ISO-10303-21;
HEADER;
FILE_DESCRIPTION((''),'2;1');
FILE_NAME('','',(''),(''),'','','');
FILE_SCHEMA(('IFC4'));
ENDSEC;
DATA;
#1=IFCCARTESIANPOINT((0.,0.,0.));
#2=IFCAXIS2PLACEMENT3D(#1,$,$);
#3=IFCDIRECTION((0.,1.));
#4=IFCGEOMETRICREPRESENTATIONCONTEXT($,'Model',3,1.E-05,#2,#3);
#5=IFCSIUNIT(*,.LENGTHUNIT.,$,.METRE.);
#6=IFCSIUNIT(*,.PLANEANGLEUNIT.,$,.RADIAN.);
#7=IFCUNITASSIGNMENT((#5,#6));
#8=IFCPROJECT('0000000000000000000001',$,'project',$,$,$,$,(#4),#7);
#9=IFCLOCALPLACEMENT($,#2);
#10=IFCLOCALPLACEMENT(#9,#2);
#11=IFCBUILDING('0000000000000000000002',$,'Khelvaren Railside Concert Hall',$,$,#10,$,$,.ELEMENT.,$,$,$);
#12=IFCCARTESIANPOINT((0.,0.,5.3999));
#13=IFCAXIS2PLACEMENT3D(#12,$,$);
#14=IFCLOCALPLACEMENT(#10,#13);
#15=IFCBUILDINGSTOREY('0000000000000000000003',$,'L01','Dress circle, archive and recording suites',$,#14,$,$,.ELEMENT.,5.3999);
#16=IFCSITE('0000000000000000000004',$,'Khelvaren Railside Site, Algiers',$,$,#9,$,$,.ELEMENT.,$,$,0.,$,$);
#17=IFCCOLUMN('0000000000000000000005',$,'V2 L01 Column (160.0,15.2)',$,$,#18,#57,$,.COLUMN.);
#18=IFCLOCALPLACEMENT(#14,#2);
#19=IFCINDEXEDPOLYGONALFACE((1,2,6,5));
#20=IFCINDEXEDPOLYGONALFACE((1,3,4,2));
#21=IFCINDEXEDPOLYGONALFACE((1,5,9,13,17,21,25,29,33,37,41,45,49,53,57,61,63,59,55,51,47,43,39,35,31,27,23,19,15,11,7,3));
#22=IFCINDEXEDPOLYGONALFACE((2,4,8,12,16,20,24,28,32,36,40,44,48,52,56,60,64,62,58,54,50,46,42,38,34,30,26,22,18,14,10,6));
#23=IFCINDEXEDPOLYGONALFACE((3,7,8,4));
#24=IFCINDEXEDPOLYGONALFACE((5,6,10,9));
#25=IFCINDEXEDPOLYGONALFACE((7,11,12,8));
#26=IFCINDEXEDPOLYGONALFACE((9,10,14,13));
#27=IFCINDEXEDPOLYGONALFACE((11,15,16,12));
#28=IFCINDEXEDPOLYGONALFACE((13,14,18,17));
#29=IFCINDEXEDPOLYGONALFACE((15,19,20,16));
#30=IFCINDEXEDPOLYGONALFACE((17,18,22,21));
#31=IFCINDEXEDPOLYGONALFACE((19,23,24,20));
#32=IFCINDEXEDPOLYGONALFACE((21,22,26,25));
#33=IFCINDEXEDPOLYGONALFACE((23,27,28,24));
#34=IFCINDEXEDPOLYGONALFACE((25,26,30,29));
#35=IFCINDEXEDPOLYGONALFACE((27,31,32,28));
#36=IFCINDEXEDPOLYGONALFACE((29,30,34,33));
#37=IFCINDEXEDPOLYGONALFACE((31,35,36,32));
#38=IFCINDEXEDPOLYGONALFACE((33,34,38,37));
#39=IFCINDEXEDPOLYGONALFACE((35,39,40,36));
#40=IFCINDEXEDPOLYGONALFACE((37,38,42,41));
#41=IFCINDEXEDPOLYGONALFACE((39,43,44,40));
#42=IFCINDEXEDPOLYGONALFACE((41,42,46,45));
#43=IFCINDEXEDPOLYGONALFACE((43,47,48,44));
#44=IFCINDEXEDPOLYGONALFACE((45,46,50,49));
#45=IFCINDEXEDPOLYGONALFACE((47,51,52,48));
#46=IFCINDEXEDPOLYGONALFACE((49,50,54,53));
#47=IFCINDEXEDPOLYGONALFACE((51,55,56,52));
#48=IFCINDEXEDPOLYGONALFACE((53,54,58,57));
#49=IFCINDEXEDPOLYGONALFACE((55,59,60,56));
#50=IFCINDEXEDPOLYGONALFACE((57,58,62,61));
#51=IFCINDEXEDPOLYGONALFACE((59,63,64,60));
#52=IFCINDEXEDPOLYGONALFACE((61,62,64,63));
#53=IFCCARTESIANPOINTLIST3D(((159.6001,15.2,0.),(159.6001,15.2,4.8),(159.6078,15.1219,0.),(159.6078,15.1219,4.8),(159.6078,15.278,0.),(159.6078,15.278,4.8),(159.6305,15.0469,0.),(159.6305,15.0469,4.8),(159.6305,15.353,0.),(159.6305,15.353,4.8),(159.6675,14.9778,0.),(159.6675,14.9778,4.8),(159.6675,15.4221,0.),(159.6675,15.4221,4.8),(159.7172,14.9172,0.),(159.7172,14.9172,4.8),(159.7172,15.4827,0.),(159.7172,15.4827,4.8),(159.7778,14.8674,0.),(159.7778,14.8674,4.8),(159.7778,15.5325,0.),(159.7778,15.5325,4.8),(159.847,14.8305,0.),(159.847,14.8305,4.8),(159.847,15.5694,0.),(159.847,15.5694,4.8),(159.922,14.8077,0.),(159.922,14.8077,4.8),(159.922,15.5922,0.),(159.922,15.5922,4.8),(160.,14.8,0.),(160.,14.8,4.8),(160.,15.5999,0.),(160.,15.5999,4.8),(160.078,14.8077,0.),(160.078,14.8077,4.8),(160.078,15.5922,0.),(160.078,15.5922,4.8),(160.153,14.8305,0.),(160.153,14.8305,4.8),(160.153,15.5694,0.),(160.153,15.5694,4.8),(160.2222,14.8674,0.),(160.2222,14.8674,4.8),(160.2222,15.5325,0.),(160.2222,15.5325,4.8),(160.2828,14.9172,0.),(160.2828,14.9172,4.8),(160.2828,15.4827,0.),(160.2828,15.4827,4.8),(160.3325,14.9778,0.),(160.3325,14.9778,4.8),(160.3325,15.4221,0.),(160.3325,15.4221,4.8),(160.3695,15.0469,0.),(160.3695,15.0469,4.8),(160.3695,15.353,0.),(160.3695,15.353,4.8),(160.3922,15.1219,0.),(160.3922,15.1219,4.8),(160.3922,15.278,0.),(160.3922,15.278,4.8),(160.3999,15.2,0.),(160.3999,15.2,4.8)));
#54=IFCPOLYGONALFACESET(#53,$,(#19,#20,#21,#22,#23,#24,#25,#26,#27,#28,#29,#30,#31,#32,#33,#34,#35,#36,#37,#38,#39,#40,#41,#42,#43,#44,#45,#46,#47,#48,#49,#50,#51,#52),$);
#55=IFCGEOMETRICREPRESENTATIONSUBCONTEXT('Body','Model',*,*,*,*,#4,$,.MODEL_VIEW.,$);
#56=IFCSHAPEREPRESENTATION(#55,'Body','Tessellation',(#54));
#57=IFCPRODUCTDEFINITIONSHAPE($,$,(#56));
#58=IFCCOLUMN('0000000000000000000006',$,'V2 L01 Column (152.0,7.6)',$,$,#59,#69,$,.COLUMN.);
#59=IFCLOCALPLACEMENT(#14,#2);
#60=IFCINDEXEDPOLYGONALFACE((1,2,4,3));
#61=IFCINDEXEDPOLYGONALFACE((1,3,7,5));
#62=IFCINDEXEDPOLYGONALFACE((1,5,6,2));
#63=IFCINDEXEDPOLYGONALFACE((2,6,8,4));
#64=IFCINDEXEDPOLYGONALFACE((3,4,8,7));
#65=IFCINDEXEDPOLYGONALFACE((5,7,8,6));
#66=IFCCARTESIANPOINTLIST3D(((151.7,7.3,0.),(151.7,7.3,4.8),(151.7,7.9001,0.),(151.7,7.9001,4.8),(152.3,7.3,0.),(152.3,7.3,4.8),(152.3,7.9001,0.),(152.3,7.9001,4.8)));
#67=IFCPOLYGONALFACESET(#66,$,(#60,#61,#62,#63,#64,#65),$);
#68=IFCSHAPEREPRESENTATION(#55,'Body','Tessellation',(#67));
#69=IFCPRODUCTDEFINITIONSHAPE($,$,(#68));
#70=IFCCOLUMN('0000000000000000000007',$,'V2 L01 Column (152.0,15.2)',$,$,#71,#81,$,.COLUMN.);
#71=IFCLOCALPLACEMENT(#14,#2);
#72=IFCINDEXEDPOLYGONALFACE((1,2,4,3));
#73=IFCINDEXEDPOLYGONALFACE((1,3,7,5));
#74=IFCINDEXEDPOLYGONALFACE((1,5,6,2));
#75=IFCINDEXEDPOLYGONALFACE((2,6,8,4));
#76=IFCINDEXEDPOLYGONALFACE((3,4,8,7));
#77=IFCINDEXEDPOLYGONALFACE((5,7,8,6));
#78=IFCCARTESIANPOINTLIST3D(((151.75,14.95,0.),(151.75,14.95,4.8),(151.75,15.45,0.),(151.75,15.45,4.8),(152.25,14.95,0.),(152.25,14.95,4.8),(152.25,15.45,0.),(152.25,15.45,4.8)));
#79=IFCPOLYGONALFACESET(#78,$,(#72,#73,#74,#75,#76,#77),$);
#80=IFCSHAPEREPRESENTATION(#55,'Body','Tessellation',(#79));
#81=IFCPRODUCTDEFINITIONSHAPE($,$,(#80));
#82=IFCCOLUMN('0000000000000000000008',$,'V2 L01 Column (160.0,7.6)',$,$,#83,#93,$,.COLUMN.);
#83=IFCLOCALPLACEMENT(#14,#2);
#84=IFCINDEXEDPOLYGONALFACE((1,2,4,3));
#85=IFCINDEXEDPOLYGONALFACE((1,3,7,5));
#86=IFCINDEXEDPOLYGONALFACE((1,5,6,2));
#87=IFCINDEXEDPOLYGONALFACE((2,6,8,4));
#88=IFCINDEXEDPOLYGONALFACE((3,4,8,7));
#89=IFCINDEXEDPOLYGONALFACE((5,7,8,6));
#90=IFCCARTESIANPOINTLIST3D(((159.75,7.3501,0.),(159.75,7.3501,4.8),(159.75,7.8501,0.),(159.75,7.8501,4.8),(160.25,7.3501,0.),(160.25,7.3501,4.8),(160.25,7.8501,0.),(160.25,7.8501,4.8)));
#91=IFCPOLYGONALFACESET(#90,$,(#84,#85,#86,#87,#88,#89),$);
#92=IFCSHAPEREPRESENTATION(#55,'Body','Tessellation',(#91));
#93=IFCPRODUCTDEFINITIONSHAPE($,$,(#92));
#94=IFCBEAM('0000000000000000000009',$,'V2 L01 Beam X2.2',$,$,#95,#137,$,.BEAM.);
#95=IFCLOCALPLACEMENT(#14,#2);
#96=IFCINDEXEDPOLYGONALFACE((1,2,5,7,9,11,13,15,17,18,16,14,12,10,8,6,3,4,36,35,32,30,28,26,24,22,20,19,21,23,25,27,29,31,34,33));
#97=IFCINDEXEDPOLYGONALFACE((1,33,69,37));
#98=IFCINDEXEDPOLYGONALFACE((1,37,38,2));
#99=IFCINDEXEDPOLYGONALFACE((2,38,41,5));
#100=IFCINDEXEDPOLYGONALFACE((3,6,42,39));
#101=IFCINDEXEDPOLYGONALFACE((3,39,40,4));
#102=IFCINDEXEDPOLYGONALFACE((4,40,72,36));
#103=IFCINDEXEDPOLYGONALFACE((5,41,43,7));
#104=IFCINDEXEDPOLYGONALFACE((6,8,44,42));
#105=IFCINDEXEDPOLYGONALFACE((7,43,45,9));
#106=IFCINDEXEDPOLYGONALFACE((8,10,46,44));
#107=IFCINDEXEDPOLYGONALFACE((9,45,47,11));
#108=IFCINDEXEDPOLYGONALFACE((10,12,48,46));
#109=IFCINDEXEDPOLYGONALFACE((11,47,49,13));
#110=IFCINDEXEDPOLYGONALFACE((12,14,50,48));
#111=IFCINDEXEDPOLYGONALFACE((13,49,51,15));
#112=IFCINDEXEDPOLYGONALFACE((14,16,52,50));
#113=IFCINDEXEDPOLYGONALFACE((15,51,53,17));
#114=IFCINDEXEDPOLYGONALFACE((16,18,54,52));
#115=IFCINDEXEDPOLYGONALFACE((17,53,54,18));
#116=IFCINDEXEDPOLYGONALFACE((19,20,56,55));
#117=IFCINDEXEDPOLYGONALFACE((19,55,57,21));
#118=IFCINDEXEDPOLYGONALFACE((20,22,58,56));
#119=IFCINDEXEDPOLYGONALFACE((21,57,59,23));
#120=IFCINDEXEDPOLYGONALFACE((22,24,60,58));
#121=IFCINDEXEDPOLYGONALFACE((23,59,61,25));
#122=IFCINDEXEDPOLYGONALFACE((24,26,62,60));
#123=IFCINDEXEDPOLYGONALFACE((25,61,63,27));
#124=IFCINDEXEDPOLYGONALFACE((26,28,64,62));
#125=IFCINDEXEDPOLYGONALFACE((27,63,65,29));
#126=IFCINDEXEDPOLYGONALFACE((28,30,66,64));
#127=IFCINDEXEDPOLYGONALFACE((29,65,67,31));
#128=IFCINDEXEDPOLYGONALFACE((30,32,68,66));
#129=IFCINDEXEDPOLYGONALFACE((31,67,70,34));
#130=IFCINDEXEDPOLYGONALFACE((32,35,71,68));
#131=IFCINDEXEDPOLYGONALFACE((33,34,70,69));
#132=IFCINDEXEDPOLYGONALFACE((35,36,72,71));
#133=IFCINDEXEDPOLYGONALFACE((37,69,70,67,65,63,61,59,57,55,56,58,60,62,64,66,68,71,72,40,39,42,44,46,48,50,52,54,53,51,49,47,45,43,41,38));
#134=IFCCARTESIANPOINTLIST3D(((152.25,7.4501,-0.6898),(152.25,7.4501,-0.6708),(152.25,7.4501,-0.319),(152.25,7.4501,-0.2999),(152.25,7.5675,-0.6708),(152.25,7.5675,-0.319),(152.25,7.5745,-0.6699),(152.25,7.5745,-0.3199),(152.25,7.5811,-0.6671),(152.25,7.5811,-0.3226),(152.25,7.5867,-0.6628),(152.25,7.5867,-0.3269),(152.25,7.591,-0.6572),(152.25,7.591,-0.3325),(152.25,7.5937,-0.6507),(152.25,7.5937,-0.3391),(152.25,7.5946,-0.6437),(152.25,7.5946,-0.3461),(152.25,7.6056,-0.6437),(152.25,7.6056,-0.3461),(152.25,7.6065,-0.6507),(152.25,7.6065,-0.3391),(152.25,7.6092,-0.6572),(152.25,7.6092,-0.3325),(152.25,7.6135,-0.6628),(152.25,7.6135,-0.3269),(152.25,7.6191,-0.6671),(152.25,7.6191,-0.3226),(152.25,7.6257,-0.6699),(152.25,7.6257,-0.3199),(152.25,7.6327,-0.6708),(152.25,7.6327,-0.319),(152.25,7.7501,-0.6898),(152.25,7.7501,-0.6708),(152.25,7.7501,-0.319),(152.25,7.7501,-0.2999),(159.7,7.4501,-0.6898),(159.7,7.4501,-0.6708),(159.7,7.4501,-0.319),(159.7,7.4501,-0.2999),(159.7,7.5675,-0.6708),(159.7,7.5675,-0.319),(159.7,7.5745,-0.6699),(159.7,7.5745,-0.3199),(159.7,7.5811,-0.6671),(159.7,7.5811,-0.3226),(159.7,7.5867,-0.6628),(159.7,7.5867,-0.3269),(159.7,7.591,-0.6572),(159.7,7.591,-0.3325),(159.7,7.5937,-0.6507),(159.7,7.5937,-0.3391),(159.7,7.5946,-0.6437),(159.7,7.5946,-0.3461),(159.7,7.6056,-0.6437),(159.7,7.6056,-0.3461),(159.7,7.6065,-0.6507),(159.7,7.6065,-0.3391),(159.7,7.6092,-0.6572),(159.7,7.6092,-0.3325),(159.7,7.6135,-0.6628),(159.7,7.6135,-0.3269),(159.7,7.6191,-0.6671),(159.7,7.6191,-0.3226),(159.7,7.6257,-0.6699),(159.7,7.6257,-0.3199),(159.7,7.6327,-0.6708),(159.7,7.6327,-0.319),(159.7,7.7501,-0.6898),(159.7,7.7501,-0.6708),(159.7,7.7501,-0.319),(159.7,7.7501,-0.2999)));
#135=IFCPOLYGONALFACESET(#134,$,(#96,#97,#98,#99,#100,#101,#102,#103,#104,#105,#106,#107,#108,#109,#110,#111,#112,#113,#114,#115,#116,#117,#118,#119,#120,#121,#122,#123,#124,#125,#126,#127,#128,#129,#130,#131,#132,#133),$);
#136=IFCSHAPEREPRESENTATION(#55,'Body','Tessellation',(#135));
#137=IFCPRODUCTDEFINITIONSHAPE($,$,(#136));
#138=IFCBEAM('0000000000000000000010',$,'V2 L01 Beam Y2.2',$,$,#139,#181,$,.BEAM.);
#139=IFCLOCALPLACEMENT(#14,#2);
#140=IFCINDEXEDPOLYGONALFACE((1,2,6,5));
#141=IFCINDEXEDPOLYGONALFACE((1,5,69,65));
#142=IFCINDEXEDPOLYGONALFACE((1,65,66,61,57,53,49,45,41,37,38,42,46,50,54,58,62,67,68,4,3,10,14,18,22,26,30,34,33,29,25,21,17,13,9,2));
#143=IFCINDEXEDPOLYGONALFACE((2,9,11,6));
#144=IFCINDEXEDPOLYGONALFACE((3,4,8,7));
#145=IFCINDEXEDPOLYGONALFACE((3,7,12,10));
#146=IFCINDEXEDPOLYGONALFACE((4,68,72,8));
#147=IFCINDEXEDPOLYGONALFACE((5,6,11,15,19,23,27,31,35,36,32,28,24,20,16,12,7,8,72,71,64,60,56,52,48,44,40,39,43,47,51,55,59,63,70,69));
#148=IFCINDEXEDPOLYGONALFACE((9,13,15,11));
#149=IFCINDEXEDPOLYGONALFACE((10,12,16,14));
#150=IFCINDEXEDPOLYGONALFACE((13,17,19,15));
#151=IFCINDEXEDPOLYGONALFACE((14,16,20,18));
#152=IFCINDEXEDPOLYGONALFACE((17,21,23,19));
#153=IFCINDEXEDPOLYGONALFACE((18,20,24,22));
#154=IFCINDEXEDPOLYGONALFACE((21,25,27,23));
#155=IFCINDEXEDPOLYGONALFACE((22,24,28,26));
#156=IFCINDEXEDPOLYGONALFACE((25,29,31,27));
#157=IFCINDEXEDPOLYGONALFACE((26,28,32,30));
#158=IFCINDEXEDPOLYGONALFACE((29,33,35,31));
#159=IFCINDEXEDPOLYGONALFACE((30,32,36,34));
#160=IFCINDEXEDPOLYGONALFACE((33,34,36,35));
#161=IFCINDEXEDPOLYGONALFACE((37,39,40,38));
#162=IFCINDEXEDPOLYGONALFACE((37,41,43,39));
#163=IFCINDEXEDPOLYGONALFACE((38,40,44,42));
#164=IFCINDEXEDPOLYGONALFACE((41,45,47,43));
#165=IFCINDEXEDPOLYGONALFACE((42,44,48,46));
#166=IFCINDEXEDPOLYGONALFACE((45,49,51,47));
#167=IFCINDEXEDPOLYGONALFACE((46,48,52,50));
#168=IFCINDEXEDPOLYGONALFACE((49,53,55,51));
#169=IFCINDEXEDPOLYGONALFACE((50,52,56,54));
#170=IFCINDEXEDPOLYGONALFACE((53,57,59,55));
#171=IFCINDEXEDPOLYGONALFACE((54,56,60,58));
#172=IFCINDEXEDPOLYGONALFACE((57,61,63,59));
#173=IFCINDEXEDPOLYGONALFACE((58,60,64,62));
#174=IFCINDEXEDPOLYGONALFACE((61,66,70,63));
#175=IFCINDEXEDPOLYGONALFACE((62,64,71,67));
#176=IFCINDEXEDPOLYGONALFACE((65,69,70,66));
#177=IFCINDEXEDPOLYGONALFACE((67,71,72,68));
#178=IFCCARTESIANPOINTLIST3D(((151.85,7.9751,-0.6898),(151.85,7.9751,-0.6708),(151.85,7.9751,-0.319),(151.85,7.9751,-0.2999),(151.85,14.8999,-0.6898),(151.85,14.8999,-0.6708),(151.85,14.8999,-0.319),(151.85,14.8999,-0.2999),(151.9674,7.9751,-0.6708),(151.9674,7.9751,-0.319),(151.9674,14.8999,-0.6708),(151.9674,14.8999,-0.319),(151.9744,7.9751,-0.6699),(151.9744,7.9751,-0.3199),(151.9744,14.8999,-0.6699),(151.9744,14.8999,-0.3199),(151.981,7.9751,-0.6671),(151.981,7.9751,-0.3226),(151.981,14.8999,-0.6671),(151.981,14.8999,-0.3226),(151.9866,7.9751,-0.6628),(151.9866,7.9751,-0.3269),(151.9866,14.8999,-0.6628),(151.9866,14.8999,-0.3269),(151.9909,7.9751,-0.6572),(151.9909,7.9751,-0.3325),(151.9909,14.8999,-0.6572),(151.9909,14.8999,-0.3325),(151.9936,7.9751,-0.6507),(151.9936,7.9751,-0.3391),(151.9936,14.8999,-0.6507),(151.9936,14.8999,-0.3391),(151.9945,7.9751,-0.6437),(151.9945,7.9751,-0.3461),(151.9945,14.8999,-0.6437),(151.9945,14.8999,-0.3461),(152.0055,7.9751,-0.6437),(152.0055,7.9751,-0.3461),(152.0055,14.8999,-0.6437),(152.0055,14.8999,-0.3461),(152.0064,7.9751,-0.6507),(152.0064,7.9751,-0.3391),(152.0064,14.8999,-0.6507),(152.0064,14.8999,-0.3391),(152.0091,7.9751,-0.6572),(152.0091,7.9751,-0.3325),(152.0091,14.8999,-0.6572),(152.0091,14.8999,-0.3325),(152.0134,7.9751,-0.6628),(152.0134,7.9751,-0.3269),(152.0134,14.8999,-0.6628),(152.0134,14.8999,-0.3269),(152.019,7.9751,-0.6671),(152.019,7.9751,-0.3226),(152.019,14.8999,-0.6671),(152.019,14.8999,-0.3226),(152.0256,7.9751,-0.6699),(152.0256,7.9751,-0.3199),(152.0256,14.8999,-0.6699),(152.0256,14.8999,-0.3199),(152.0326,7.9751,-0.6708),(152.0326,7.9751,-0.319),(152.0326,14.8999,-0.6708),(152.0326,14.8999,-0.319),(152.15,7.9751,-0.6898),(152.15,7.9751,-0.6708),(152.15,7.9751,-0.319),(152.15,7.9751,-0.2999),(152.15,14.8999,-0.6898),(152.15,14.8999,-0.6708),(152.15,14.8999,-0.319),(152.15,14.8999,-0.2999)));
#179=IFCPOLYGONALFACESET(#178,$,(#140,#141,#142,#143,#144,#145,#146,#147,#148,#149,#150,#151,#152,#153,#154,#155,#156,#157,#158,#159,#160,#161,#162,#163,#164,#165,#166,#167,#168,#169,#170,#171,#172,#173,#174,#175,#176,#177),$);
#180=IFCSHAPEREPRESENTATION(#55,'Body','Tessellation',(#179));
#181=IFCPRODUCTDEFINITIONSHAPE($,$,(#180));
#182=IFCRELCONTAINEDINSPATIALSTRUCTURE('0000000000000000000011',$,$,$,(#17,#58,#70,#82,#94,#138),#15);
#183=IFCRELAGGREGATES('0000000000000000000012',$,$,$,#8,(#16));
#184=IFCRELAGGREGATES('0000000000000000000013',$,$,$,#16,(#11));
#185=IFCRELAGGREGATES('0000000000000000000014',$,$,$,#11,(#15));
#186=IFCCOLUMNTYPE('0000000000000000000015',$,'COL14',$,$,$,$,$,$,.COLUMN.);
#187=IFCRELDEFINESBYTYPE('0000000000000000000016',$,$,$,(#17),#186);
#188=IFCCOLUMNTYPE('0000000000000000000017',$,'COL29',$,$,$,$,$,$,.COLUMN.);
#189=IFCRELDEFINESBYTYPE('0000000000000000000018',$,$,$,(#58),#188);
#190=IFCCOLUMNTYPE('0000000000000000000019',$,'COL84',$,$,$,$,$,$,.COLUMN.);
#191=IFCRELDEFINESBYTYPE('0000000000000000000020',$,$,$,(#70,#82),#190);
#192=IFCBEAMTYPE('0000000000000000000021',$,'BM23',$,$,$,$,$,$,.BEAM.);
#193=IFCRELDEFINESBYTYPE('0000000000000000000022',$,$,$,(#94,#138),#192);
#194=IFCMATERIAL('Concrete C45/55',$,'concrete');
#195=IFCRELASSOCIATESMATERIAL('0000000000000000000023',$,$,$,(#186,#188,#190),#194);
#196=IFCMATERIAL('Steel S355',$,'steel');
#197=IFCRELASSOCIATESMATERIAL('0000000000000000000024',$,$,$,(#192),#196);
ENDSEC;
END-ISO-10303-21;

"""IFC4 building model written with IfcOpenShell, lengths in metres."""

from ifc_helpers import new_model, si_unit, direction, frame, origin, origin_2d, place, context, subcontext, project, spatial, rectangle, circle, i_section, extrude, material, material_profile, profile_set, type_object, element, save


model = new_model("IFC4")

# Units and contexts
model_context = context("Model", 3, precision=1e-05, world=origin(), true_north=direction((0.0, 1.0)))
body_context = subcontext(model_context, "Body", "Model", "MODEL_VIEW")
ifc_project = project(units=[si_unit("LENGTHUNIT", "METRE"), si_unit("PLANEANGLEUNIT", "RADIAN")], contexts=[model_context])

# Site, building, storey
site_placement = place(None, origin())
site = spatial("IfcSite", under=ifc_project, at=site_placement, Name="Khelvaren Railside Site, Algiers", CompositionType="ELEMENT", RefElevation=0.0)
building_placement = place(site_placement, origin())
building = spatial("IfcBuilding", under=site, at=building_placement, Name="Khelvaren Railside Concert Hall", CompositionType="ELEMENT")
storey_placement = place(building_placement, frame((0.0, 0.0, 5.3999)))
storey = spatial("IfcBuildingStorey", under=building, at=storey_placement, Name="L01", Description="Dress circle, archive and recording suites", CompositionType="ELEMENT", Elevation=5.3999)

# Columns
ifc_material_1 = material(Name="Concrete C45/55", Category="concrete")
ifc_material_profile_1 = material_profile(ifc_material_1, circle(Radius=0.3999, at=origin_2d()), Name="RC D800")
ifc_profile_set_1 = profile_set([ifc_material_profile_1], Name="Concrete C45/55")
column_type_1 = type_object("IfcColumnType", Name="COL14", PredefinedType="COLUMN", material=ifc_profile_set_1)
column_1_placement = place(storey_placement, frame((160.0, 15.2, 0.0), z_axis=(0.0, 0.0, 1.0), x_axis=(1.0, 0.0, 0.0)))
element("IfcColumn", 1, at=column_1_placement, inside=storey, type_object=column_type_1, Name="V2 L01 Column (160.0,15.2)", PredefinedType="COLUMN", context=body_context, shape_type="SweptSolid", body=[
    extrude(circle(Radius=0.3999, at=origin_2d()), origin(), (0.0, 0.0, 1.0), 4.8),
])
ifc_material_profile_2 = material_profile(ifc_material_1, rectangle(XDim=0.6001, YDim=0.6001, at=origin_2d()), Name="RC 600x600")
ifc_profile_set_2 = profile_set([ifc_material_profile_2], Name="Concrete C45/55")
column_type_2 = type_object("IfcColumnType", Name="COL29", PredefinedType="COLUMN", material=ifc_profile_set_2)
column_2_placement = place(storey_placement, frame((152.0, 7.6001, 0.0), z_axis=(0.0, 0.0, 1.0), x_axis=(1.0, 0.0, 0.0)))
element("IfcColumn", 2, at=column_2_placement, inside=storey, type_object=column_type_2, Name="V2 L01 Column (152.0,7.6)", PredefinedType="COLUMN", context=body_context, shape_type="SweptSolid", body=[
    extrude(rectangle(XDim=0.6001, YDim=0.6001, at=origin_2d()), origin(), (0.0, 0.0, 1.0), 4.8),
])
ifc_material_profile_3 = material_profile(ifc_material_1, rectangle(XDim=0.5, YDim=0.5, at=origin_2d()), Name="RC 500x500")
ifc_profile_set_3 = profile_set([ifc_material_profile_3], Name="Concrete C45/55")
column_type_3 = type_object("IfcColumnType", Name="COL84", PredefinedType="COLUMN", material=ifc_profile_set_3)
for number, where, z_axis, x_axis, name in (
    (3, (152.0, 15.2, 0.0), (0.0, 0.0, 1.0), (1.0, 0.0, 0.0), "V2 L01 Column (152.0,15.2)"),
    (4, (160.0, 7.6001, 0.0), (0.0, 0.0, 1.0), (1.0, 0.0, 0.0), "V2 L01 Column (160.0,7.6)"),
):
    element("IfcColumn", number, at=place(storey_placement, frame(where, z_axis=z_axis, x_axis=x_axis)), inside=storey, type_object=column_type_3, Name=name, PredefinedType="COLUMN", context=body_context, shape_type="SweptSolid", body=[
        extrude(rectangle(XDim=0.5, YDim=0.5, at=origin_2d()), origin(), (0.0, 0.0, 1.0), 4.8),
    ])

# Beams
ifc_material_2 = material(Name="Steel S355", Category="steel")
ifc_material_profile_4 = material_profile(ifc_material_2, i_section(OverallWidth=0.3, OverallDepth=0.3899, WebThickness=0.011, FlangeThickness=0.019, FilletRadius=0.0271, at=origin_2d()), Name="HEA 400")
ifc_profile_set_4 = profile_set([ifc_material_profile_4], Name="Steel S355")
beam_type_1 = type_object("IfcBeamType", Name="BM23", PredefinedType="BEAM", material=ifc_profile_set_4)
beam_1_placement = place(storey_placement, frame((152.25, 7.6001, -0.4949), z_axis=(1.0, 0.0, 0.0), x_axis=(0.0, 1.0, 0.0)))
element("IfcBeam", 5, at=beam_1_placement, inside=storey, type_object=beam_type_1, Name="V2 L01 Beam X2.2", PredefinedType="BEAM", context=body_context, shape_type="SweptSolid", body=[
    extrude(i_section(OverallWidth=0.3, OverallDepth=0.3899, WebThickness=0.011, FlangeThickness=0.019, FilletRadius=0.0271, at=origin_2d()), origin(), (0.0, 0.0, 1.0), 7.45),
])
beam_2_placement = place(storey_placement, frame((152.0, 7.9751, -0.4949), z_axis=(0.0, 1.0, 0.0), x_axis=(-1.0, 0.0, 0.0)))
element("IfcBeam", 6, at=beam_2_placement, inside=storey, type_object=beam_type_1, Name="V2 L01 Beam Y2.2", PredefinedType="BEAM", context=body_context, shape_type="SweptSolid", body=[
    extrude(i_section(OverallWidth=0.3, OverallDepth=0.3899, WebThickness=0.011, FlangeThickness=0.019, FilletRadius=0.0271, at=origin_2d()), origin(), (0.0, 0.0, 1.0), 6.9248),
])

save(model, "model.ifc")
